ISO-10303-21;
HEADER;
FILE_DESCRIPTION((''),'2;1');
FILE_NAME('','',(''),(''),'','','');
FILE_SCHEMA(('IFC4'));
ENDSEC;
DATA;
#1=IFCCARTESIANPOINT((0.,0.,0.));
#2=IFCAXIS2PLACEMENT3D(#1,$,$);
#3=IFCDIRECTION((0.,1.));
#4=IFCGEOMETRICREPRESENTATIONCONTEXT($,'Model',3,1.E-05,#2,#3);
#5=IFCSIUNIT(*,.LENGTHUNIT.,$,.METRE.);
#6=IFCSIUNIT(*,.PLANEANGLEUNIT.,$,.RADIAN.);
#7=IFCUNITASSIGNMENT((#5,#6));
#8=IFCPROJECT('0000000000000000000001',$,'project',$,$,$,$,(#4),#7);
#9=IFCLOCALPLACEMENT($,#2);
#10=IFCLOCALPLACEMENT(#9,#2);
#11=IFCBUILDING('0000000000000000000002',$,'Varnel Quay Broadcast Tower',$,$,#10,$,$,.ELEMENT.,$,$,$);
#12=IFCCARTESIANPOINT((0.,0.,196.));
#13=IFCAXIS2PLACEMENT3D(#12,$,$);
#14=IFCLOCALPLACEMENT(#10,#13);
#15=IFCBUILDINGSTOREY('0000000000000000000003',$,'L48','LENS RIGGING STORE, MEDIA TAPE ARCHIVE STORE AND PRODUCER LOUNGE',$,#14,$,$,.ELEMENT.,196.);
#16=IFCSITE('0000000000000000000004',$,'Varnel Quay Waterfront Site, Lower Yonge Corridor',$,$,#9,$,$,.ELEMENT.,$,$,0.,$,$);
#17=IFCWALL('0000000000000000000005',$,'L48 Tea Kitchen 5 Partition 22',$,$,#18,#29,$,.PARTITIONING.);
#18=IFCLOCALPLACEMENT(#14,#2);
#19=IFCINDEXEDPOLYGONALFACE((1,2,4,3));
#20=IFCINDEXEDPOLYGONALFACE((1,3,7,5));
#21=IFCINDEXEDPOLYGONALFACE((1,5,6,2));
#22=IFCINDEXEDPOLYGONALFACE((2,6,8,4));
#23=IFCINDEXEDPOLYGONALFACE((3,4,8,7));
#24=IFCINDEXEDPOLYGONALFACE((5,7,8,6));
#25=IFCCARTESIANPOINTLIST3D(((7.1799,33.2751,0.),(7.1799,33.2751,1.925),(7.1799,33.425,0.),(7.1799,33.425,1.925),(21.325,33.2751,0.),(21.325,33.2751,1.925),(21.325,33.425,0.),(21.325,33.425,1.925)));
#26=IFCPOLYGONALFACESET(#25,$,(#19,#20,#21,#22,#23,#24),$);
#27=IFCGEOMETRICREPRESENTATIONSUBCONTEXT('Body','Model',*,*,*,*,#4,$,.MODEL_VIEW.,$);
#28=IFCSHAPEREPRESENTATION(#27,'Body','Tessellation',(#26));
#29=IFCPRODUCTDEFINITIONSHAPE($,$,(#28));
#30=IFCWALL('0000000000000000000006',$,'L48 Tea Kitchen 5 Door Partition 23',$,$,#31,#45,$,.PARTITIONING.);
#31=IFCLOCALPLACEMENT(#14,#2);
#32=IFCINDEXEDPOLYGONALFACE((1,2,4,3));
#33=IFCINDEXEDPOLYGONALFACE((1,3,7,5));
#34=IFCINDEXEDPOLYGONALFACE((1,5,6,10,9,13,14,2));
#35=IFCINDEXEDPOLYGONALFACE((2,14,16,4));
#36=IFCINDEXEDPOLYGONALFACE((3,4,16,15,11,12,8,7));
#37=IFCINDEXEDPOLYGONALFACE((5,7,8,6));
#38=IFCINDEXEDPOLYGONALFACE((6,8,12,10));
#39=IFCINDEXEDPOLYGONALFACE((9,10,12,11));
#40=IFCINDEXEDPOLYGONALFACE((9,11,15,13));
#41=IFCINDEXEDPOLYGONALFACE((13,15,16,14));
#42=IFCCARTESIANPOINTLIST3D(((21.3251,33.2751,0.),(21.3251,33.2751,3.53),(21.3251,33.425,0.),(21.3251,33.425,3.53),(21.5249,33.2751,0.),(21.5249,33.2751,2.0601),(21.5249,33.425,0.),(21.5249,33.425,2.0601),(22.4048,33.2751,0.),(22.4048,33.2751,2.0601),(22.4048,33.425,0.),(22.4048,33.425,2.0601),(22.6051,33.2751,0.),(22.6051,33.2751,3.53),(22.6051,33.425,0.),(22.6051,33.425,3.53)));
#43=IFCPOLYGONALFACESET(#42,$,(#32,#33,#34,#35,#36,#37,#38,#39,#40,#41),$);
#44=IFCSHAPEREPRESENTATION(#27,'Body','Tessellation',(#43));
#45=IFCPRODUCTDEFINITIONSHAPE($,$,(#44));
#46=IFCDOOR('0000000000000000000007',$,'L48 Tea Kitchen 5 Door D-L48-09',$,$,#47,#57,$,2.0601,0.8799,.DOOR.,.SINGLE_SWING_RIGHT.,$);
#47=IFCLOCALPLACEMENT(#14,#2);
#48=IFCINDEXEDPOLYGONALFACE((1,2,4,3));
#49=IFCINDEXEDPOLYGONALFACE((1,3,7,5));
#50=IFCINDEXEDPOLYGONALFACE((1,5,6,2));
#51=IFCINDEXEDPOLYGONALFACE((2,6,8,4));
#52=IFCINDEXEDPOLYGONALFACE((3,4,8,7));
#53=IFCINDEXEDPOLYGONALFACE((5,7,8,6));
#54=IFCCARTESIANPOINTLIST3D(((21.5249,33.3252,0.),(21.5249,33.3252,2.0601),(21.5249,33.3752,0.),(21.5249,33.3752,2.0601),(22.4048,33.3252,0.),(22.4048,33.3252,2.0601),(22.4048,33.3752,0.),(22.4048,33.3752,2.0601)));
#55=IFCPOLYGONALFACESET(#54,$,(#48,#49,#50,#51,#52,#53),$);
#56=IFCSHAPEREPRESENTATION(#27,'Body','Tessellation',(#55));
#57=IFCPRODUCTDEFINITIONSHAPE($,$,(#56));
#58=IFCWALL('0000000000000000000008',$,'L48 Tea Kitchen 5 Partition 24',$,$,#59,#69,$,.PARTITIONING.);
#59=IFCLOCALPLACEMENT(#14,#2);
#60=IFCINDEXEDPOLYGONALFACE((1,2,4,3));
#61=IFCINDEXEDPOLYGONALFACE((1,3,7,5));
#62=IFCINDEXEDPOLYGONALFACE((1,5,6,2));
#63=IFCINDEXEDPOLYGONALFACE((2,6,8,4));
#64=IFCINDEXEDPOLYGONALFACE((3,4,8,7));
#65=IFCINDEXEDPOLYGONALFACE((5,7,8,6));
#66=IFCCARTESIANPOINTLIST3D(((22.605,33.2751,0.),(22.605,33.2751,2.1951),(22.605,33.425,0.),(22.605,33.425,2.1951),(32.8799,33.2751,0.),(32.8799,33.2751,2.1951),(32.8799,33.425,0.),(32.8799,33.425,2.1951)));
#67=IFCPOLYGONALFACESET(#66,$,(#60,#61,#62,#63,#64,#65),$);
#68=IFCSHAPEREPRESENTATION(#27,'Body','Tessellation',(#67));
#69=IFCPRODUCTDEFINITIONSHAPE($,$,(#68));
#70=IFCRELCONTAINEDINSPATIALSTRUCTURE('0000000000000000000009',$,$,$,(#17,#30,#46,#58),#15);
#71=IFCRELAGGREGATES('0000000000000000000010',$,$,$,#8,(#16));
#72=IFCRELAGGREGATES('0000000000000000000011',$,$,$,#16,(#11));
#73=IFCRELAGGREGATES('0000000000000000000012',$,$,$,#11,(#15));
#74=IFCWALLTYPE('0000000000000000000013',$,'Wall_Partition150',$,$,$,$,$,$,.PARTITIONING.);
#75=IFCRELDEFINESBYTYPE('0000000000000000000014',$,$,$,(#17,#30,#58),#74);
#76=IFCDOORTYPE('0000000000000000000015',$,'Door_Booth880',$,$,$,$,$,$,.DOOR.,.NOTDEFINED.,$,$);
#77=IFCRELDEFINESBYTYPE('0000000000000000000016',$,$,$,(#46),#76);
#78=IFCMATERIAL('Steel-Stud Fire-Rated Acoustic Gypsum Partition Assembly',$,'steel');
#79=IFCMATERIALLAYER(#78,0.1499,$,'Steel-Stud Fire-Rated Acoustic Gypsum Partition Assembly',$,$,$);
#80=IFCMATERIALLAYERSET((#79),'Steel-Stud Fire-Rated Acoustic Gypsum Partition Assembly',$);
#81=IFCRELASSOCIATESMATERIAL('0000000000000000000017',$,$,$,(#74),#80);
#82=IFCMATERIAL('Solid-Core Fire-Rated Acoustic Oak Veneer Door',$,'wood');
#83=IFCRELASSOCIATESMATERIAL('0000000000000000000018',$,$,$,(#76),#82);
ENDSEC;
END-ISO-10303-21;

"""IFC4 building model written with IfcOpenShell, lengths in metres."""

from ifc_helpers import new_model, si_unit, direction, frame, frame_2d, origin, place, context, subcontext, project, spatial, rectangle, extrude, source, transform, mapped, material, layer, layer_set, type_object, type_shapes, element, fill, save


model = new_model("IFC4")

# Units and contexts
model_context = context("Model", 3, precision=1e-05, world=origin(), true_north=direction((0.0, 1.0)))
body_context = subcontext(model_context, "Body", "Model", "MODEL_VIEW")
ifc_project = project(units=[si_unit("LENGTHUNIT", "METRE"), si_unit("PLANEANGLEUNIT", "RADIAN")], contexts=[model_context])

# Site, building, storey
site_placement = place(None, origin())
site = spatial("IfcSite", under=ifc_project, at=site_placement, Name="Varnel Quay Waterfront Site, Lower Yonge Corridor", CompositionType="ELEMENT", RefElevation=0.0)
building_placement = place(site_placement, origin())
building = spatial("IfcBuilding", under=site, at=building_placement, Name="Varnel Quay Broadcast Tower", CompositionType="ELEMENT")
storey_placement = place(building_placement, frame((0.0, 0.0, 196.0)))
storey = spatial("IfcBuildingStorey", under=building, at=storey_placement, Name="L48", Description="LENS RIGGING STORE, MEDIA TAPE ARCHIVE STORE AND PRODUCER LOUNGE", CompositionType="ELEMENT", Elevation=196.0)

# Wall
ifc_material_1 = material(Name="Steel-Stud Fire-Rated Acoustic Gypsum Partition Assembly", Category="steel")
ifc_layer_1 = layer(ifc_material_1, 0.1499, Name="Steel-Stud Fire-Rated Acoustic Gypsum Partition Assembly")
ifc_layer_set_1 = layer_set([ifc_layer_1], Name="Steel-Stud Fire-Rated Acoustic Gypsum Partition Assembly")
wall_type_1 = type_object("IfcWallType", Name="Wall_Partition150", PredefinedType="PARTITIONING", material=ifc_layer_set_1)
wall_1_placement = place(storey_placement, frame((7.1799, 33.3501, 0.0), z_axis=(0.0, 0.0, 1.0), x_axis=(1.0, 0.0, 0.0)))
element("IfcWall", 1, at=wall_1_placement, inside=storey, type_object=wall_type_1, Name="L48 Tea Kitchen 5 Partition 22", PredefinedType="PARTITIONING", context=body_context, shape_type="SweptSolid", body=[
    extrude(rectangle(XDim=14.145, YDim=0.1499, at=frame_2d((7.0725, 0.0))), origin(), (0.0, 0.0, 1.0), 1.925),
])

# Wall, opening, door
wall_2_placement = place(storey_placement, frame((21.325, 33.3501, 0.0), z_axis=(0.0, 0.0, 1.0), x_axis=(1.0, 0.0, 0.0)))
wall_2 = element("IfcWall", 2, at=wall_2_placement, inside=storey, type_object=wall_type_1, Name="L48 Tea Kitchen 5 Door Partition 23", PredefinedType="PARTITIONING", context=body_context, shape_type="SweptSolid", body=[
    extrude(rectangle(XDim=1.28, YDim=0.1499, at=frame_2d((0.6401, 0.0))), origin(), (0.0, 0.0, 1.0), 3.53),
])
opening_placement = place(wall_2_placement, frame((0.2, 0.0, 0.0)))
opening = element("IfcOpeningElement", 3, at=opening_placement, cuts=wall_2, PredefinedType="OPENING", context=body_context, shape_type="SweptSolid", body=[
    extrude(rectangle(XDim=0.8799, YDim=2.0601, at=frame_2d((0.4399, 1.03))), frame((0.0, 0.085, 0.0), z_axis=(0.0, -1.0, 0.0), x_axis=(1.0, 0.0, 0.0)), (0.0, 0.0, 1.0), 0.1699),
])
ifc_material_2 = material(Name="Solid-Core Fire-Rated Acoustic Oak Veneer Door", Category="wood")
door_type = type_object("IfcDoorType", Name="Door_Booth880", OperationType="NOTDEFINED", PredefinedType="DOOR", material=ifc_material_2)
shared_shape_1 = source(origin(), body_context, "Body", "SweptSolid", [
    extrude(rectangle(XDim=0.8799, YDim=2.0601, at=frame_2d((0.4399, 1.03))), frame((0.0, 0.0249, 0.0), z_axis=(0.0, -1.0, 0.0), x_axis=(1.0, 0.0, 0.0)), (0.0, 0.0, 1.0), 0.05),
])
type_shapes(door_type, [shared_shape_1])
door_placement = place(opening_placement, frame((0.8799, 0.0, 0.0), z_axis=(0.0, 0.0, 1.0), x_axis=(-1.0, 0.0, 0.0)))
door = element("IfcDoor", 4, at=door_placement, inside=storey, type_object=door_type, Name="L48 Tea Kitchen 5 Door D-L48-09", OperationType="SINGLE_SWING_RIGHT", OverallHeight=2.0601, OverallWidth=0.8799, PredefinedType="DOOR", context=body_context, shape_type="MappedRepresentation", body=[
    mapped(shared_shape_1, transform((0.0, 0.0, 0.0), x_axis=(1.0, 0.0, 0.0), y_axis=(0.0, 1.0, 0.0), z_axis=(0.0, 0.0, 1.0), scale=1.0)),
])
fill(opening, door)

# Wall
wall_3_placement = place(storey_placement, frame((22.605, 33.3501, 0.0), z_axis=(0.0, 0.0, 1.0), x_axis=(1.0, 0.0, 0.0)))
element("IfcWall", 5, at=wall_3_placement, inside=storey, type_object=wall_type_1, Name="L48 Tea Kitchen 5 Partition 24", PredefinedType="PARTITIONING", context=body_context, shape_type="SweptSolid", body=[
    extrude(rectangle(XDim=10.2749, YDim=0.1499, at=frame_2d((5.1375, 0.0))), origin(), (0.0, 0.0, 1.0), 2.1951),
])

save(model, "model.ifc")
